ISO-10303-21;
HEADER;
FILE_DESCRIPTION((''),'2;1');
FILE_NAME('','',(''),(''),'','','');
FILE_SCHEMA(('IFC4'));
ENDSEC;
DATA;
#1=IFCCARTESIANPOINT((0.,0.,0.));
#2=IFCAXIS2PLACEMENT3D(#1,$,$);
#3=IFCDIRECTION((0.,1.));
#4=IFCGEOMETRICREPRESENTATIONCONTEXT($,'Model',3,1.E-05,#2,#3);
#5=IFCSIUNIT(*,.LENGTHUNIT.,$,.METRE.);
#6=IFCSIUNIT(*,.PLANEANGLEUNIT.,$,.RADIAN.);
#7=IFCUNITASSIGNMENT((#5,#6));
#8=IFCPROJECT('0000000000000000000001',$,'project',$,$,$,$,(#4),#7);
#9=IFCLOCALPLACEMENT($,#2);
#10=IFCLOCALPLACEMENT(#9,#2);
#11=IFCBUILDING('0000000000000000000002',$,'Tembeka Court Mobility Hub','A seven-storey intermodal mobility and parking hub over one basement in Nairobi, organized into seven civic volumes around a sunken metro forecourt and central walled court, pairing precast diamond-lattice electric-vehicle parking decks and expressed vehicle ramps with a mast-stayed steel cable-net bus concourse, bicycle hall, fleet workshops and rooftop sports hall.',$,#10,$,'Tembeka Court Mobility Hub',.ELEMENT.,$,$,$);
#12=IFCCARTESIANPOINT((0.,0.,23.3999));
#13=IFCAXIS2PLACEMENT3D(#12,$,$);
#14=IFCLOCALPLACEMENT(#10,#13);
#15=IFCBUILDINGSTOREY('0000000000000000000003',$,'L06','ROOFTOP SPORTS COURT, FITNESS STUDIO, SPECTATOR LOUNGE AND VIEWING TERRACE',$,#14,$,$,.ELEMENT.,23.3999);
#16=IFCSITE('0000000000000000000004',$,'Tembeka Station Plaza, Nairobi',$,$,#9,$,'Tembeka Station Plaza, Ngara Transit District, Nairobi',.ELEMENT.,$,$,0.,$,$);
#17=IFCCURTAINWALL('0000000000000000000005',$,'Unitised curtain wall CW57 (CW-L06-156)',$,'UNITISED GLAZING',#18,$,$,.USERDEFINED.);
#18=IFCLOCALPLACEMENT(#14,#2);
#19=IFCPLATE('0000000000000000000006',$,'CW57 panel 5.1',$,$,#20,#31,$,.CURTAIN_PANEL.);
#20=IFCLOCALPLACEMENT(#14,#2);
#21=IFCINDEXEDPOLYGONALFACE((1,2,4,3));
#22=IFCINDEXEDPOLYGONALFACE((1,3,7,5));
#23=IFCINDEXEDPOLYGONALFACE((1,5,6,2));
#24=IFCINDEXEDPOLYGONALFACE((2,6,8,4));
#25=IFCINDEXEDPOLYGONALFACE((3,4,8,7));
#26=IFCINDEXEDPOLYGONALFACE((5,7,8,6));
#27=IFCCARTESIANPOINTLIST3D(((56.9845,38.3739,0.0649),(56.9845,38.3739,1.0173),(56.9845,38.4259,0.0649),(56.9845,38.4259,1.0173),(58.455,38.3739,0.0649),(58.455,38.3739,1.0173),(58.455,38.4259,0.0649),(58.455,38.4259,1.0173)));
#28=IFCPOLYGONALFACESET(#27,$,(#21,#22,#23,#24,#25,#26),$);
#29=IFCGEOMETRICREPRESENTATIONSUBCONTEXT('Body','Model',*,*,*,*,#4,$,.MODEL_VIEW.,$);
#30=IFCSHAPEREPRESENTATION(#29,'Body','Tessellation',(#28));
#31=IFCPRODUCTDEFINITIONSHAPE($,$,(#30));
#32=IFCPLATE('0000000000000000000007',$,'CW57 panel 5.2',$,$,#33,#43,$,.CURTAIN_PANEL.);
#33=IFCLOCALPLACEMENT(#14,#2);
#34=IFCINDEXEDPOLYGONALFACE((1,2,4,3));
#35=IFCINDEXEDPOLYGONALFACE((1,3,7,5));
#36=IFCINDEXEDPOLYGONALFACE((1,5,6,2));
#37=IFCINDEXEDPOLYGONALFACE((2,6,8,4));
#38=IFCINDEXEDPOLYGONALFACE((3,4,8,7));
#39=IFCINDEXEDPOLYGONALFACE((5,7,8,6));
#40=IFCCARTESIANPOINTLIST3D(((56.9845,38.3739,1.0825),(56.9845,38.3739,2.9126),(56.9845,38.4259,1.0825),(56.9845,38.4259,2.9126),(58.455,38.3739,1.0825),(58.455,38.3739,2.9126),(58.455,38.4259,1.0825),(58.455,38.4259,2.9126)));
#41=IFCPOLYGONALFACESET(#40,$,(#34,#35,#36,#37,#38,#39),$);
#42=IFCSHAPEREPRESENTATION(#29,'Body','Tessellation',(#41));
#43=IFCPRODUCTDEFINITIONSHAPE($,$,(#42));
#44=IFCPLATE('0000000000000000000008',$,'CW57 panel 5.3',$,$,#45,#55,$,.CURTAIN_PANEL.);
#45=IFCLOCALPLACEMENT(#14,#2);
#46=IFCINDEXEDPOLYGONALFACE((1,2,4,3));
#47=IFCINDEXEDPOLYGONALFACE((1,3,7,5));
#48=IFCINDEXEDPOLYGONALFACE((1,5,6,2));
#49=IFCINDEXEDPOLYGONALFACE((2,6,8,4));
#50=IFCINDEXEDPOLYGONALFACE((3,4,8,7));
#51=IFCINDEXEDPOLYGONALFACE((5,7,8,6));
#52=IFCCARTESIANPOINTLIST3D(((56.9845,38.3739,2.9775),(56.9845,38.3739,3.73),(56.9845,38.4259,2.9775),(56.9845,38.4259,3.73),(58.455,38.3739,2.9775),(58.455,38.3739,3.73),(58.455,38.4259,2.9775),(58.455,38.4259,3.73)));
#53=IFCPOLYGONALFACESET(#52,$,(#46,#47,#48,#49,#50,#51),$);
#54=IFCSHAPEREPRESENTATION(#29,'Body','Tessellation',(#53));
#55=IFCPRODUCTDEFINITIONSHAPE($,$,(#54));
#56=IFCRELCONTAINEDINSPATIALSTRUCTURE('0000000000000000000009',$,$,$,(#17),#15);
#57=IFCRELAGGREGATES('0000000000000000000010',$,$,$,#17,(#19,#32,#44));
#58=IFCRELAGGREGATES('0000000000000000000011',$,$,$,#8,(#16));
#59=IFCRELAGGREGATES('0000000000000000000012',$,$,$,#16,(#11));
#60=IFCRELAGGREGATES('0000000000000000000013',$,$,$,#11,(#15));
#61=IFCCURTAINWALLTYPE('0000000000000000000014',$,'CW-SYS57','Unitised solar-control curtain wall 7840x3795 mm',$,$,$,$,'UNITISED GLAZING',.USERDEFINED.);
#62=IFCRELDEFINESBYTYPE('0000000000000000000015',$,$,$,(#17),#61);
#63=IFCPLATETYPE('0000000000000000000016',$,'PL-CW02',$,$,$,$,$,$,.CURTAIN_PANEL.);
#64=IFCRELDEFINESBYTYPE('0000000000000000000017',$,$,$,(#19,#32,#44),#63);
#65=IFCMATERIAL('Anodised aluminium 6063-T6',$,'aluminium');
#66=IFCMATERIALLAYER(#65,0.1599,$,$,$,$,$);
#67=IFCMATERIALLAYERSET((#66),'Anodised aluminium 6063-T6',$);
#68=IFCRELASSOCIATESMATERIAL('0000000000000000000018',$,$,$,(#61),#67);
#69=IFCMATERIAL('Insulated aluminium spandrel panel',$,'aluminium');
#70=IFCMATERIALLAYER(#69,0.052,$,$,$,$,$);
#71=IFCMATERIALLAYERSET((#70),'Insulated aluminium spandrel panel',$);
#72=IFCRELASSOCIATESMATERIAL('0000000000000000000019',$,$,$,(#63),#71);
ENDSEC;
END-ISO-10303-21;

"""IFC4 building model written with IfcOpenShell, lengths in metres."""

from ifc_helpers import new_model, si_unit, direction, frame, origin, origin_2d, place, context, subcontext, project, spatial, rectangle, extrude, material, layer, layer_set, type_object, element, aggregate, save


model = new_model("IFC4")

# Units and contexts
model_context = context("Model", 3, precision=1e-05, world=origin(), true_north=direction((0.0, 1.0)))
body_context = subcontext(model_context, "Body", "Model", "MODEL_VIEW")
ifc_project = project(units=[si_unit("LENGTHUNIT", "METRE"), si_unit("PLANEANGLEUNIT", "RADIAN")], contexts=[model_context])

# Site, building, storey
site_placement = place(None, origin())
site = spatial("IfcSite", under=ifc_project, at=site_placement, Name="Tembeka Station Plaza, Nairobi", LongName="Tembeka Station Plaza, Ngara Transit District, Nairobi", CompositionType="ELEMENT", RefElevation=0.0)
building_placement = place(site_placement, origin())
building = spatial("IfcBuilding", under=site, at=building_placement, Name="Tembeka Court Mobility Hub", Description="A seven-storey intermodal mobility and parking hub over one basement in Nairobi, organized into seven civic volumes around a sunken metro forecourt and central walled court, pairing precast diamond-lattice electric-vehicle parking decks and expressed vehicle ramps with a mast-stayed steel cable-net bus concourse, bicycle hall, fleet workshops and rooftop sports hall.", LongName="Tembeka Court Mobility Hub", CompositionType="ELEMENT")
storey_placement = place(building_placement, frame((0.0, 0.0, 23.3999)))
storey = spatial("IfcBuildingStorey", under=building, at=storey_placement, Name="L06", Description="ROOFTOP SPORTS COURT, FITNESS STUDIO, SPECTATOR LOUNGE AND VIEWING TERRACE", CompositionType="ELEMENT", Elevation=23.3999)

# Curtain wall
ifc_material_1 = material(Name="Anodised aluminium 6063-T6", Category="aluminium")
ifc_layer_1 = layer(ifc_material_1, 0.1599)
ifc_layer_set_1 = layer_set([ifc_layer_1], Name="Anodised aluminium 6063-T6")
curtain_wall_type = type_object("IfcCurtainWallType", Name="CW-SYS57", Description="Unitised solar-control curtain wall 7840x3795 mm", ElementType="UNITISED GLAZING", PredefinedType="USERDEFINED", material=ifc_layer_set_1)
curtain_wall_1_placement = place(storey_placement, origin())
curtain_wall_1 = element("IfcCurtainWall", 1, at=curtain_wall_1_placement, inside=storey, type_object=curtain_wall_type, Name="Unitised curtain wall CW57 (CW-L06-156)", ObjectType="UNITISED GLAZING", PredefinedType="USERDEFINED")

# Plates
ifc_material_2 = material(Name="Insulated aluminium spandrel panel", Category="aluminium")
ifc_layer_2 = layer(ifc_material_2, 0.052)
ifc_layer_set_2 = layer_set([ifc_layer_2], Name="Insulated aluminium spandrel panel")
plate_type_1 = type_object("IfcPlateType", Name="PL-CW02", PredefinedType="CURTAIN_PANEL", material=ifc_layer_set_2)
plate_1_placement = place(storey_placement, frame((57.7197, 38.3999, 0.0649), z_axis=(0.0, 0.0, 1.0), x_axis=(1.0, 0.0, 0.0)))
plate_1 = element("IfcPlate", 2, at=plate_1_placement, type_object=plate_type_1, Name="CW57 panel 5.1", PredefinedType="CURTAIN_PANEL", context=body_context, shape_type="SweptSolid", body=[
    extrude(rectangle(XDim=1.4705, YDim=0.052, at=origin_2d()), origin(), (0.0, 0.0, 1.0), 0.9524),
])
plate_2_placement = place(storey_placement, frame((57.7197, 38.3999, 1.0825), z_axis=(0.0, 0.0, 1.0), x_axis=(1.0, 0.0, 0.0)))
plate_2 = element("IfcPlate", 3, at=plate_2_placement, type_object=plate_type_1, Name="CW57 panel 5.2", PredefinedType="CURTAIN_PANEL", context=body_context, shape_type="SweptSolid", body=[
    extrude(rectangle(XDim=1.4705, YDim=0.052, at=origin_2d()), origin(), (0.0, 0.0, 1.0), 1.8301),
])
plate_3_placement = place(storey_placement, frame((57.7197, 38.3999, 2.9775), z_axis=(0.0, 0.0, 1.0), x_axis=(1.0, 0.0, 0.0)))
plate_3 = element("IfcPlate", 4, at=plate_3_placement, type_object=plate_type_1, Name="CW57 panel 5.3", PredefinedType="CURTAIN_PANEL", context=body_context, shape_type="SweptSolid", body=[
    extrude(rectangle(XDim=1.4705, YDim=0.052, at=origin_2d()), origin(), (0.0, 0.0, 1.0), 0.7524),
])
aggregate(curtain_wall_1, [plate_1, plate_2, plate_3])

save(model, "model.ifc")
